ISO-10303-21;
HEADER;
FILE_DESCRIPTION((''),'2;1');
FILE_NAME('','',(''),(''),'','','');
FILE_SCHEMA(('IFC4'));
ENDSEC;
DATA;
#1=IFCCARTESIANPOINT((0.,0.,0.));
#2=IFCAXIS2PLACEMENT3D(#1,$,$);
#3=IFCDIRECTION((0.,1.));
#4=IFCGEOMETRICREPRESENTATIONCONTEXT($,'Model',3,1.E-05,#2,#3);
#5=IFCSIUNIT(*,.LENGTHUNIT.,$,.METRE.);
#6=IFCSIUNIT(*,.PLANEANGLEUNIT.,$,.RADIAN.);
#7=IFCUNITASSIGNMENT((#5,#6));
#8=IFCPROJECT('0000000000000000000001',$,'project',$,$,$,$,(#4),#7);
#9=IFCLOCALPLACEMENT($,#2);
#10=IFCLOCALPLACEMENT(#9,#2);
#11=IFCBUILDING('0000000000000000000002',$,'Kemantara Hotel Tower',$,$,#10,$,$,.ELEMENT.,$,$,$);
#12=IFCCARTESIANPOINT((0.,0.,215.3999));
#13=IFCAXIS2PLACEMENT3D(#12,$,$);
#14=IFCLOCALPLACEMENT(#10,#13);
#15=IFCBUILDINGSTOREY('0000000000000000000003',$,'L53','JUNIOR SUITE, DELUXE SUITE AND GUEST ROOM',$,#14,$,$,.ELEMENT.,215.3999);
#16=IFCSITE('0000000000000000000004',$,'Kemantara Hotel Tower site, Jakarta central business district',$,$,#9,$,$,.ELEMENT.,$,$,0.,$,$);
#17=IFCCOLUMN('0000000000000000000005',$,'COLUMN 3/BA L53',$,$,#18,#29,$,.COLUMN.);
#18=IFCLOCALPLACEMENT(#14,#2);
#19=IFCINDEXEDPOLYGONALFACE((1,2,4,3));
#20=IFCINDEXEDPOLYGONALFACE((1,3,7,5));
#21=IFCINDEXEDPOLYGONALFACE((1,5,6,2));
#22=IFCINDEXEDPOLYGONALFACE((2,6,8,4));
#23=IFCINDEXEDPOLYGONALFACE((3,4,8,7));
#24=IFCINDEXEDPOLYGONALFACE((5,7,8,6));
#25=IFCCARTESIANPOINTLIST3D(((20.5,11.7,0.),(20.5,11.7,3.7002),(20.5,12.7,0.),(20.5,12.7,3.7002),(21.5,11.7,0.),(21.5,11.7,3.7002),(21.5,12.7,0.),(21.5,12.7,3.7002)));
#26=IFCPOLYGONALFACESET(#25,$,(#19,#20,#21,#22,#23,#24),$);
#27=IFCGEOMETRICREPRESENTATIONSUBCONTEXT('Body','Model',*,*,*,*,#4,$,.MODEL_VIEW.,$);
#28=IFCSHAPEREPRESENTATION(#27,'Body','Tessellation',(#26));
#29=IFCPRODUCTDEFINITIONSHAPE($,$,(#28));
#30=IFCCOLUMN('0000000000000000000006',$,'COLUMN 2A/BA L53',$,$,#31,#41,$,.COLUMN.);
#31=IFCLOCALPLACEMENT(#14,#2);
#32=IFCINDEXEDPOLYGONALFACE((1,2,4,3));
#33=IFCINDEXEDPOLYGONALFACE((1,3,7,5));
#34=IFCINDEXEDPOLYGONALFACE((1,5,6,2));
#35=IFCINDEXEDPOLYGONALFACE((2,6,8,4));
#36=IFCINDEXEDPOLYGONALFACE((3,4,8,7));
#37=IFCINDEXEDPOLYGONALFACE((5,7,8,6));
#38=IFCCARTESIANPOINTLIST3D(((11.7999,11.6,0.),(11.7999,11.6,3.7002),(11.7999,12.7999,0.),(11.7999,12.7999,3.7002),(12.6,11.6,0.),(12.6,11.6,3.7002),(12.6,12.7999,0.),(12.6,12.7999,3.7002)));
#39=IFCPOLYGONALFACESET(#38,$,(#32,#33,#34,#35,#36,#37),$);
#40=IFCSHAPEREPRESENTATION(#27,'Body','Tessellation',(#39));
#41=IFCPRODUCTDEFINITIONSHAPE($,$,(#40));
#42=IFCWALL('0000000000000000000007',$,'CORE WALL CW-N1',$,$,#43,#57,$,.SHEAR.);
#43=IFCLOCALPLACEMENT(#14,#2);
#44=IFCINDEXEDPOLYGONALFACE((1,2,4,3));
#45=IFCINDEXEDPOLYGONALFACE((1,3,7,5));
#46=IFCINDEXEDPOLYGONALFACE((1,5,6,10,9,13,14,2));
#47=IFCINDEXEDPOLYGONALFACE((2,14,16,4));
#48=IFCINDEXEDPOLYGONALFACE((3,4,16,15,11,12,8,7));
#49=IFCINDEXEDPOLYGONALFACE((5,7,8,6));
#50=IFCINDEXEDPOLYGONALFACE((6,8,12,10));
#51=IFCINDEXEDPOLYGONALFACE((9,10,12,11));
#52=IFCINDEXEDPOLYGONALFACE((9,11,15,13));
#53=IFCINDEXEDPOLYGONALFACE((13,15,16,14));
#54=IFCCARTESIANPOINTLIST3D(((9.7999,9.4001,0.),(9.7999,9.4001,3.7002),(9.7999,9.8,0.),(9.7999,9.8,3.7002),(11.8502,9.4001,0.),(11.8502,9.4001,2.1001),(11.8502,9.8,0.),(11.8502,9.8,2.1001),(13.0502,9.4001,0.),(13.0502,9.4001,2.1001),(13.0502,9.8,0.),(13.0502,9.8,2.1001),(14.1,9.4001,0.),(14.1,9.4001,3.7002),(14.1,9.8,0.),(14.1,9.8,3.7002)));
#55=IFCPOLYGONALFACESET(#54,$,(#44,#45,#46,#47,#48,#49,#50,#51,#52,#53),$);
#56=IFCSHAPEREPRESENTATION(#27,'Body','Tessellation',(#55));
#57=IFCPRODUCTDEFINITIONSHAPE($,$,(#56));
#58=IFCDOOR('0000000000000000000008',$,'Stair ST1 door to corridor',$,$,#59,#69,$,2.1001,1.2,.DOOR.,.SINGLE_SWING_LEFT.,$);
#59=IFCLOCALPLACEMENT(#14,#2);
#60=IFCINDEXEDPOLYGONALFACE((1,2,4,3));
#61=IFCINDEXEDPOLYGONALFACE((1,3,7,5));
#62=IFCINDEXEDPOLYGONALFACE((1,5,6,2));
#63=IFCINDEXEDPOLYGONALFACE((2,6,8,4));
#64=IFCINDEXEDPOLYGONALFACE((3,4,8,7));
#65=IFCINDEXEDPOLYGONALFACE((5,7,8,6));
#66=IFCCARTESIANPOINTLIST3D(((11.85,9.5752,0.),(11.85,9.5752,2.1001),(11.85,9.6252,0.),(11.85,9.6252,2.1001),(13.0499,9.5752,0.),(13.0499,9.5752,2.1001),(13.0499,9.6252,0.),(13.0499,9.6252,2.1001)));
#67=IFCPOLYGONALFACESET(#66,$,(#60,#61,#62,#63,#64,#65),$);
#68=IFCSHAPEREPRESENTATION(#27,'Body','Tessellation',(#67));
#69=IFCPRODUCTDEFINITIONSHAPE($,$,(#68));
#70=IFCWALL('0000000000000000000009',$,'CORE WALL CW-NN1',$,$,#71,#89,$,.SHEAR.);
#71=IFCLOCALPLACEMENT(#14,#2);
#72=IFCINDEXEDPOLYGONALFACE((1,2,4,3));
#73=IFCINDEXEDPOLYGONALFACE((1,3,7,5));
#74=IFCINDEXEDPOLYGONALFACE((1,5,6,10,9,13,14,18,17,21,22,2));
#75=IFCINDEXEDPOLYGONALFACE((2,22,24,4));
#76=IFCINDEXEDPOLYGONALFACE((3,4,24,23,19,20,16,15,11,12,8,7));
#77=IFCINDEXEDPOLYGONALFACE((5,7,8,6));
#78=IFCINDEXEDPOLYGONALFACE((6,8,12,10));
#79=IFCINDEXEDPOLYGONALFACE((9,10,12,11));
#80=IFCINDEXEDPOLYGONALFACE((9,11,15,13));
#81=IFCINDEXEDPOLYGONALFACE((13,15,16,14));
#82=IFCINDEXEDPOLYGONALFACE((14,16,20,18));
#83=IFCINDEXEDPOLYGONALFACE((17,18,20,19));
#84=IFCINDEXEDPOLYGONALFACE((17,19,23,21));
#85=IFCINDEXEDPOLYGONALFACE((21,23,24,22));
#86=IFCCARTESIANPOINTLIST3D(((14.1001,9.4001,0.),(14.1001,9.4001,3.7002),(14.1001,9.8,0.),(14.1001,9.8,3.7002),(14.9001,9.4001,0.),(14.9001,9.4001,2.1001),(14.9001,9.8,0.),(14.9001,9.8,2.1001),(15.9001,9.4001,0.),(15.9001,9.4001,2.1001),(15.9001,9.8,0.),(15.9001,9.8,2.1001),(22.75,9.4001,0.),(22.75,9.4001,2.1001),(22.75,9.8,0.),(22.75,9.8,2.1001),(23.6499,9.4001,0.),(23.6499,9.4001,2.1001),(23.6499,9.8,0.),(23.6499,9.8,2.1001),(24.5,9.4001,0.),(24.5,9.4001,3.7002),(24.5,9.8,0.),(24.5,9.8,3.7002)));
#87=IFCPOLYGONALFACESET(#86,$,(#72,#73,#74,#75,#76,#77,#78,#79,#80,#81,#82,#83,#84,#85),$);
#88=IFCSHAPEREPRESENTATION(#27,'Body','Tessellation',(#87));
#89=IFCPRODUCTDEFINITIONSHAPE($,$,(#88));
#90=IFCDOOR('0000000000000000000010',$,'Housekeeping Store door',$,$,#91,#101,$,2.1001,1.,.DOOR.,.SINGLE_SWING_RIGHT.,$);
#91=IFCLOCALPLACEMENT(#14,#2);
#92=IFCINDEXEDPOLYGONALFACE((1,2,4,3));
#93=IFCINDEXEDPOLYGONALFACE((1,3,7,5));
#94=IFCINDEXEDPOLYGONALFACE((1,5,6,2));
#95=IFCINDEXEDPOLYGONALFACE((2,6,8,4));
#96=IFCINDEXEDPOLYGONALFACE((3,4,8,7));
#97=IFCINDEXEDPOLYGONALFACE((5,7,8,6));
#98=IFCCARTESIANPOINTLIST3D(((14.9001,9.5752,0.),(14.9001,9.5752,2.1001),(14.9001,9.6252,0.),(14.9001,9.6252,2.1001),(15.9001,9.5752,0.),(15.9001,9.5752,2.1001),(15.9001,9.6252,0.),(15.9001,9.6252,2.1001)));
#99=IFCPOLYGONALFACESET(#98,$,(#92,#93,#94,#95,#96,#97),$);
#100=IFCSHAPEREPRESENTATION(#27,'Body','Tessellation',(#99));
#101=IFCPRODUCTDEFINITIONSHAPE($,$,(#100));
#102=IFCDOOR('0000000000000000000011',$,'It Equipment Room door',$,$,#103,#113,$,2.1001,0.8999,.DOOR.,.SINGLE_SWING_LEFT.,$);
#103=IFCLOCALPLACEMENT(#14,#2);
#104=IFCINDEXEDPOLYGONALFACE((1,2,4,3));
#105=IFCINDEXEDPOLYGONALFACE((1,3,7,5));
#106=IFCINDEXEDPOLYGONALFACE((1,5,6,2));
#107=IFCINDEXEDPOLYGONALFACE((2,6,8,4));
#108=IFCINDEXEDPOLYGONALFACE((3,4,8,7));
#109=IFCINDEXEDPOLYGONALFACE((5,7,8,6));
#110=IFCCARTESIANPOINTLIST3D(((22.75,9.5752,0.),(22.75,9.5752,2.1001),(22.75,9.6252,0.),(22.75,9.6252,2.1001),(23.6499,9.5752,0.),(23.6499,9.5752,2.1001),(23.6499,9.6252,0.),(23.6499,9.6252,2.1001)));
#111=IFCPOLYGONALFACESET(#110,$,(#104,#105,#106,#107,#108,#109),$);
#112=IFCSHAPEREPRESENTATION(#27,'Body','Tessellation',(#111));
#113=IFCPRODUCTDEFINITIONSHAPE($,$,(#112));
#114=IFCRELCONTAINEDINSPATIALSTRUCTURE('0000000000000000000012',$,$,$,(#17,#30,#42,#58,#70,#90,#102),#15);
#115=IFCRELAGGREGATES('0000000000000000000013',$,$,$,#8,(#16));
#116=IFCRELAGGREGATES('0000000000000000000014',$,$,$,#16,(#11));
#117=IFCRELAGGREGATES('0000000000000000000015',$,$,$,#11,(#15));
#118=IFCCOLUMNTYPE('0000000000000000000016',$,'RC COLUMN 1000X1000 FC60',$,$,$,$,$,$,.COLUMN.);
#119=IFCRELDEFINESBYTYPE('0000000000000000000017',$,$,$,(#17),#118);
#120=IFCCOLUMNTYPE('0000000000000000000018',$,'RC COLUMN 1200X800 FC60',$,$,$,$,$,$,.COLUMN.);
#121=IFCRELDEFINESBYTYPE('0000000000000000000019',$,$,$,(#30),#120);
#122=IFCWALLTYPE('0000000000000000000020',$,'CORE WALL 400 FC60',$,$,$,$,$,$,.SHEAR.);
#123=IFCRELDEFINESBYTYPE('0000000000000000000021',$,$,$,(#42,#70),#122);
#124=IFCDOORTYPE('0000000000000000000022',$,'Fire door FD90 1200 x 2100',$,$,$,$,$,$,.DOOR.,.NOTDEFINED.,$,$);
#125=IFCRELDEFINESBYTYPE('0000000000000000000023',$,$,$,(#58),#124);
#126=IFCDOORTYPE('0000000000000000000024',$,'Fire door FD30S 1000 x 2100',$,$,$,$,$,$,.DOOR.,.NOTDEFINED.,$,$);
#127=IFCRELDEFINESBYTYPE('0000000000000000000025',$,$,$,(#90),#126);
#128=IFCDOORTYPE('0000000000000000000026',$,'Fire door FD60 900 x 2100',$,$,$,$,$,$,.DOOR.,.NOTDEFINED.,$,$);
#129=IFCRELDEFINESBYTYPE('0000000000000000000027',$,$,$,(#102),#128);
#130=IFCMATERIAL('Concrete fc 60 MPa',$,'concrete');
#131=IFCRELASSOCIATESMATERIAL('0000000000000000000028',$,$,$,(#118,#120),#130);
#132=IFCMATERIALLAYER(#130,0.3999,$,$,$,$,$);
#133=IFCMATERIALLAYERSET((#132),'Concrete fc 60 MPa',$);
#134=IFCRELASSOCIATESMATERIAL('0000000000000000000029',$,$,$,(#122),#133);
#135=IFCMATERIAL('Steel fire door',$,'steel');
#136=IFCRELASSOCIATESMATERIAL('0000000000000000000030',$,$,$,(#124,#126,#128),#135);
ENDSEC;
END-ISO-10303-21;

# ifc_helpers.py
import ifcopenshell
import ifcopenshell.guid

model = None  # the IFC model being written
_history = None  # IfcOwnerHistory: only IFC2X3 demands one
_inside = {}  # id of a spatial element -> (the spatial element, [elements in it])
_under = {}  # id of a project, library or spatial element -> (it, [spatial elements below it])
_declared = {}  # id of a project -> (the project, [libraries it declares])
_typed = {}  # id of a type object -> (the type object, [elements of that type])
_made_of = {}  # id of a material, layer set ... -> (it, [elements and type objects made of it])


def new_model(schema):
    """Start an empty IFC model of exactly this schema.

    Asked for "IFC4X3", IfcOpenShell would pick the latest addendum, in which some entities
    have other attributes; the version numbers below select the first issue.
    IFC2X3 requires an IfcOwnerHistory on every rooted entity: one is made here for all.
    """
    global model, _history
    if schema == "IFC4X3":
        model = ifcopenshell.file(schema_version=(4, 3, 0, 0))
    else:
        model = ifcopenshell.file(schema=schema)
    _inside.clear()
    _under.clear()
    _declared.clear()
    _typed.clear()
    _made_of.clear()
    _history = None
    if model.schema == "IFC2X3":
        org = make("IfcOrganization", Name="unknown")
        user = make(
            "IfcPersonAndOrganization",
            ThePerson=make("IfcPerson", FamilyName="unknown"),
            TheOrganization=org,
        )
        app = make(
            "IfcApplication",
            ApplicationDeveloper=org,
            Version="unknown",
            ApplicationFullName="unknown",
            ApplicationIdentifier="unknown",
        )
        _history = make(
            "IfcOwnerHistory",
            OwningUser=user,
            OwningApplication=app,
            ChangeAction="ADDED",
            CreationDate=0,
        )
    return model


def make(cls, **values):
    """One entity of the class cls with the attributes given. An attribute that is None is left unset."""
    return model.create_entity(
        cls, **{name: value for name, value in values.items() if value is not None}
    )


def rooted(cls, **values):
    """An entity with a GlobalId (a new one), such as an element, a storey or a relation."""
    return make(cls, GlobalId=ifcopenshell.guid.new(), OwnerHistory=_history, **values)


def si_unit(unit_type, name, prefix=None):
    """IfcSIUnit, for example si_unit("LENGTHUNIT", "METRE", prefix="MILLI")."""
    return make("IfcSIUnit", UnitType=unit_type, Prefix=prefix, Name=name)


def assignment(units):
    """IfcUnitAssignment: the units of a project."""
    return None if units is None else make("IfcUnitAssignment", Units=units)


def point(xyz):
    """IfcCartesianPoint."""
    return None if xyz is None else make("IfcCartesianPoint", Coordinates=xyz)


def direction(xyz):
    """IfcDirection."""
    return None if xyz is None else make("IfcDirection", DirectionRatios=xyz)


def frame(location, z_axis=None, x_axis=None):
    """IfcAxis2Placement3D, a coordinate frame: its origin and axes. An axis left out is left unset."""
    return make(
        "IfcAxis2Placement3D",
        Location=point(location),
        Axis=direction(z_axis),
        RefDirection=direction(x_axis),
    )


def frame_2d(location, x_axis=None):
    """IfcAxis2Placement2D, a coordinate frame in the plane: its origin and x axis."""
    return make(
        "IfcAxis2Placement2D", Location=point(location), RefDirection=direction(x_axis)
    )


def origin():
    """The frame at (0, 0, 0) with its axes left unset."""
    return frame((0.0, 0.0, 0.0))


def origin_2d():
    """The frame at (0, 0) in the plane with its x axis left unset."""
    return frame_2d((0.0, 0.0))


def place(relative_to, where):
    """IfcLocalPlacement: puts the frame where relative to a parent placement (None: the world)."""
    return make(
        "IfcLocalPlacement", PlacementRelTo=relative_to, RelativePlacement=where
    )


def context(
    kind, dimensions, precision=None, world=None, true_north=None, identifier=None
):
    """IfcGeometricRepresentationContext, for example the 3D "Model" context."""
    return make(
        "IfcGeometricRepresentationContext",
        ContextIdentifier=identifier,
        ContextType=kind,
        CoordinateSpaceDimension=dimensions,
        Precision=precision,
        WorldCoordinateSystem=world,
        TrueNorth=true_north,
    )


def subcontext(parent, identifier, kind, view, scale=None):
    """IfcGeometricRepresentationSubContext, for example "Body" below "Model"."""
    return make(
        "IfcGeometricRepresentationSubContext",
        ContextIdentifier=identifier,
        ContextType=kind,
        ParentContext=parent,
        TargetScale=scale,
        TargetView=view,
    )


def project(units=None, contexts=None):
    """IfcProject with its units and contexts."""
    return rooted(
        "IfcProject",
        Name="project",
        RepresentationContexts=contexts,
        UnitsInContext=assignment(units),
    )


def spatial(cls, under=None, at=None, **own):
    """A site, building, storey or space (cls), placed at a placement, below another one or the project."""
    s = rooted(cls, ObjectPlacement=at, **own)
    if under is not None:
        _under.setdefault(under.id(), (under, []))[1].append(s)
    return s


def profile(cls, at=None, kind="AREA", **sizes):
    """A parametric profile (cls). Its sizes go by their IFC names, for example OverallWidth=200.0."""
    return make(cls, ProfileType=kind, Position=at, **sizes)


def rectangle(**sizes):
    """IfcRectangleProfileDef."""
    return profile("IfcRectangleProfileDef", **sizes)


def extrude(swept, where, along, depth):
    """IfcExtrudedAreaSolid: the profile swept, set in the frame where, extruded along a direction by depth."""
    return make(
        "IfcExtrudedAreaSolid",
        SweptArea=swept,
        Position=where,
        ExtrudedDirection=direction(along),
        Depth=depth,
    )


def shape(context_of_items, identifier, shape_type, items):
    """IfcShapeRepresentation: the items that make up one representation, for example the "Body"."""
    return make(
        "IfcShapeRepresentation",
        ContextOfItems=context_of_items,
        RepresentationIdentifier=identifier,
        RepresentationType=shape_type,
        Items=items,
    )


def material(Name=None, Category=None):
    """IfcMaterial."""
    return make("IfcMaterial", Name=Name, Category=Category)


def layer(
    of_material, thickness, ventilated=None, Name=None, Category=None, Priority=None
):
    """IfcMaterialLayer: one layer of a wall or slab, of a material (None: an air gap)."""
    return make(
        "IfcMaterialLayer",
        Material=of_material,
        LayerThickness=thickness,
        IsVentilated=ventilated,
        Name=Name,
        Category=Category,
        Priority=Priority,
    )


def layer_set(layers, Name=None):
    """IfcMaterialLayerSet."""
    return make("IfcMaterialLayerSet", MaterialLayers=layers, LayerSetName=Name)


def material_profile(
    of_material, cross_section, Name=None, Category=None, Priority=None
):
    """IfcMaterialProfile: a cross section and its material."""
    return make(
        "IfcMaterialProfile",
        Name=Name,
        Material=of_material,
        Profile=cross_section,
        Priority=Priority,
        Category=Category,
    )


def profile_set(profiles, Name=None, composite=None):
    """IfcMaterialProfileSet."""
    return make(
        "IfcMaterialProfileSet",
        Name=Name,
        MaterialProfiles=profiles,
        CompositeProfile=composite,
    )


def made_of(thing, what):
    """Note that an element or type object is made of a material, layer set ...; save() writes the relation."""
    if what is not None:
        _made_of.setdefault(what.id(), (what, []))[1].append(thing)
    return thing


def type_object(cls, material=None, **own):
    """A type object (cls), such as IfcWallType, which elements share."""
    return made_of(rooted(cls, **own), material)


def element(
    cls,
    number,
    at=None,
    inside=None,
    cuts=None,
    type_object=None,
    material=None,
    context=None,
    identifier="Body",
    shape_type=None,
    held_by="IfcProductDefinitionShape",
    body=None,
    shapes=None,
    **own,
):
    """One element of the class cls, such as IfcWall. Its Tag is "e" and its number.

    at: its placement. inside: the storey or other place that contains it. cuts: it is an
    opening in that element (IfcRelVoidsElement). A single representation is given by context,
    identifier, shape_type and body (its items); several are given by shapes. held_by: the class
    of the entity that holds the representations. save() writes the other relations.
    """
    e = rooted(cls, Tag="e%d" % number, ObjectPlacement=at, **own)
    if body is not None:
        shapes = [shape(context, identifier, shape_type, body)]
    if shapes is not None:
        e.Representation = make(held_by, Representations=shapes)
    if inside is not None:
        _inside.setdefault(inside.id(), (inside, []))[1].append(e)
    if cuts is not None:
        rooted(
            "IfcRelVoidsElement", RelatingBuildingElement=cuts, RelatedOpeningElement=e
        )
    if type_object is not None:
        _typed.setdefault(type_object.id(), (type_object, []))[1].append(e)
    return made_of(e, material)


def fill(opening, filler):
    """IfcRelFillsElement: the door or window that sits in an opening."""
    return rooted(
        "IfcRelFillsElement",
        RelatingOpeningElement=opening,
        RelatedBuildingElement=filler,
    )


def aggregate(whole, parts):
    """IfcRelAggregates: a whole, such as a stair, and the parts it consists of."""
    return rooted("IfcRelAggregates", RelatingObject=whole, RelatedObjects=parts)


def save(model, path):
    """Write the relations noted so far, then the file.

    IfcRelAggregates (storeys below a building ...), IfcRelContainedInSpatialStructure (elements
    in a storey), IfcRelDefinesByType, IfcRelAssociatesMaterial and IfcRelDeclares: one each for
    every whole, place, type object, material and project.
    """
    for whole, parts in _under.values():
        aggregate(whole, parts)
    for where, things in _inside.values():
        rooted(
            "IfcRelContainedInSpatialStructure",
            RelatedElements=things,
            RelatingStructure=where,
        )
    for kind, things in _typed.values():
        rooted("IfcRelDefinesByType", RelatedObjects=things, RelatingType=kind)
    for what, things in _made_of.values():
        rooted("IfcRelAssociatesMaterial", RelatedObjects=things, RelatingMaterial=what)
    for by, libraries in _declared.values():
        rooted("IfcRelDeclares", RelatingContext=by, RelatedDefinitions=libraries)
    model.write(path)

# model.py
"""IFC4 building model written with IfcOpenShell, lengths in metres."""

from ifc_helpers import new_model, si_unit, direction, frame, frame_2d, origin, origin_2d, place, context, subcontext, project, spatial, rectangle, extrude, material, layer, layer_set, material_profile, profile_set, type_object, element, fill, save


model = new_model("IFC4")

# Units and contexts
model_context = context("Model", 3, precision=1e-05, world=origin(), true_north=direction((0.0, 1.0)))
body_context = subcontext(model_context, "Body", "Model", "MODEL_VIEW")
ifc_project = project(units=[si_unit("LENGTHUNIT", "METRE"), si_unit("PLANEANGLEUNIT", "RADIAN")], contexts=[model_context])

# Site, building, storey
site_placement = place(None, origin())
site = spatial("IfcSite", under=ifc_project, at=site_placement, Name="Kemantara Hotel Tower site, Jakarta central business district", CompositionType="ELEMENT", RefElevation=0.0)
building_placement = place(site_placement, origin())
building = spatial("IfcBuilding", under=site, at=building_placement, Name="Kemantara Hotel Tower", CompositionType="ELEMENT")
storey_placement = place(building_placement, frame((0.0, 0.0, 215.3999)))
storey = spatial("IfcBuildingStorey", under=building, at=storey_placement, Name="L53", Description="JUNIOR SUITE, DELUXE SUITE AND GUEST ROOM", CompositionType="ELEMENT", Elevation=215.3999)

# Columns
ifc_material_1 = material(Name="Concrete fc 60 MPa", Category="concrete")
ifc_material_profile_1 = material_profile(ifc_material_1, rectangle(XDim=1.0, YDim=1.0, at=origin_2d()), Name="RC 1000X1000")
ifc_profile_set_1 = profile_set([ifc_material_profile_1], Name="Concrete fc 60 MPa")
column_type_1 = type_object("IfcColumnType", Name="RC COLUMN 1000X1000 FC60", PredefinedType="COLUMN", material=ifc_profile_set_1)
column_1_placement = place(storey_placement, frame((21.0, 12.2, 0.0), z_axis=(0.0, 0.0, 1.0), x_axis=(1.0, 0.0, 0.0)))
element("IfcColumn", 1, at=column_1_placement, inside=storey, type_object=column_type_1, Name="COLUMN 3/BA L53", PredefinedType="COLUMN", context=body_context, shape_type="SweptSolid", body=[
    extrude(rectangle(XDim=1.0, YDim=1.0, at=origin_2d()), origin(), (0.0, 0.0, 1.0), 3.7002),
])
ifc_material_profile_2 = material_profile(ifc_material_1, rectangle(XDim=1.2, YDim=0.8, at=origin_2d()), Name="RC 1200X800")
ifc_profile_set_2 = profile_set([ifc_material_profile_2], Name="Concrete fc 60 MPa")
column_type_2 = type_object("IfcColumnType", Name="RC COLUMN 1200X800 FC60", PredefinedType="COLUMN", material=ifc_profile_set_2)
column_2_placement = place(storey_placement, frame((12.2, 12.2, 0.0), z_axis=(0.0, 0.0, 1.0), x_axis=(0.0, 1.0, 0.0)))
element("IfcColumn", 2, at=column_2_placement, inside=storey, type_object=column_type_2, Name="COLUMN 2A/BA L53", PredefinedType="COLUMN", context=body_context, shape_type="SweptSolid", body=[
    extrude(rectangle(XDim=1.2, YDim=0.8, at=origin_2d()), origin(), (0.0, 0.0, 1.0), 3.7002),
])

# Wall, opening, door
ifc_layer_1 = layer(ifc_material_1, 0.3999)
ifc_layer_set_1 = layer_set([ifc_layer_1], Name="Concrete fc 60 MPa")
wall_type_1 = type_object("IfcWallType", Name="CORE WALL 400 FC60", PredefinedType="SHEAR", material=ifc_layer_set_1)
wall_1_placement = place(storey_placement, frame((9.8, 9.6001, 0.0), z_axis=(0.0, 0.0, 1.0), x_axis=(1.0, 0.0, 0.0)))
wall_1 = element("IfcWall", 3, at=wall_1_placement, inside=storey, type_object=wall_type_1, Name="CORE WALL CW-N1", PredefinedType="SHEAR", context=body_context, shape_type="SweptSolid", body=[
    extrude(rectangle(XDim=4.3, YDim=0.3999, at=frame_2d((2.1499, 0.0))), origin(), (0.0, 0.0, 1.0), 3.7002),
])
opening_1_placement = place(wall_1_placement, frame((2.05, 0.0, 0.0)))
opening_1 = element("IfcOpeningElement", 4, at=opening_1_placement, cuts=wall_1, PredefinedType="OPENING", context=body_context, shape_type="SweptSolid", body=[
    extrude(rectangle(XDim=1.2, YDim=2.1001, at=frame_2d((0.6001, 1.05))), frame((0.0, 0.21, 0.0), z_axis=(0.0, -1.0, 0.0), x_axis=(1.0, 0.0, 0.0)), (0.0, 0.0, 1.0), 0.4199),
])
ifc_material_2 = material(Name="Steel fire door", Category="steel")
door_type_1 = type_object("IfcDoorType", Name="Fire door FD90 1200 x 2100", OperationType="NOTDEFINED", PredefinedType="DOOR", material=ifc_material_2)
door_1_placement = place(opening_1_placement, frame((1.2, 0.0, 0.0), z_axis=(0.0, 0.0, 1.0), x_axis=(-1.0, 0.0, 0.0)))
door_1 = element("IfcDoor", 5, at=door_1_placement, inside=storey, type_object=door_type_1, Name="Stair ST1 door to corridor", OperationType="SINGLE_SWING_LEFT", OverallHeight=2.1001, OverallWidth=1.2, PredefinedType="DOOR", context=body_context, shape_type="SweptSolid", body=[
    extrude(rectangle(XDim=1.2, YDim=2.1001, at=frame_2d((0.6001, 1.05))), frame((0.0, 0.0249, 0.0), z_axis=(0.0, -1.0, 0.0), x_axis=(1.0, 0.0, 0.0)), (0.0, 0.0, 1.0), 0.05),
])
fill(opening_1, door_1)

# Wall, openings, doors
wall_2_placement = place(storey_placement, frame((14.1001, 9.6001, 0.0), z_axis=(0.0, 0.0, 1.0), x_axis=(1.0, 0.0, 0.0)))
wall_2 = element("IfcWall", 6, at=wall_2_placement, inside=storey, type_object=wall_type_1, Name="CORE WALL CW-NN1", PredefinedType="SHEAR", context=body_context, shape_type="SweptSolid", body=[
    extrude(rectangle(XDim=10.3999, YDim=0.3999, at=frame_2d((5.2, 0.0))), origin(), (0.0, 0.0, 1.0), 3.7002),
])
opening_2_placement = place(wall_2_placement, frame((0.8, 0.0, 0.0)))
opening_2 = element("IfcOpeningElement", 7, at=opening_2_placement, cuts=wall_2, PredefinedType="OPENING", context=body_context, shape_type="SweptSolid", body=[
    extrude(rectangle(XDim=1.0, YDim=2.1001, at=frame_2d((0.5, 1.05))), frame((0.0, 0.21, 0.0), z_axis=(0.0, -1.0, 0.0), x_axis=(1.0, 0.0, 0.0)), (0.0, 0.0, 1.0), 0.4199),
])
opening_3_placement = place(wall_2_placement, frame((8.6499, 0.0, 0.0)))
opening_3 = element("IfcOpeningElement", 8, at=opening_3_placement, cuts=wall_2, PredefinedType="OPENING", context=body_context, shape_type="SweptSolid", body=[
    extrude(rectangle(XDim=0.8999, YDim=2.1001, at=frame_2d((0.45, 1.05))), frame((0.0, 0.21, 0.0), z_axis=(0.0, -1.0, 0.0), x_axis=(1.0, 0.0, 0.0)), (0.0, 0.0, 1.0), 0.4199),
])
door_type_2 = type_object("IfcDoorType", Name="Fire door FD30S 1000 x 2100", OperationType="NOTDEFINED", PredefinedType="DOOR", material=ifc_material_2)
door_2_placement = place(opening_2_placement, frame((1.0, 0.0, 0.0), z_axis=(0.0, 0.0, 1.0), x_axis=(-1.0, 0.0, 0.0)))
door_2 = element("IfcDoor", 9, at=door_2_placement, inside=storey, type_object=door_type_2, Name="Housekeeping Store door", OperationType="SINGLE_SWING_RIGHT", OverallHeight=2.1001, OverallWidth=1.0, PredefinedType="DOOR", context=body_context, shape_type="SweptSolid", body=[
    extrude(rectangle(XDim=1.0, YDim=2.1001, at=frame_2d((0.5, 1.05))), frame((0.0, 0.0249, 0.0), z_axis=(0.0, -1.0, 0.0), x_axis=(1.0, 0.0, 0.0)), (0.0, 0.0, 1.0), 0.05),
])
fill(opening_2, door_2)
door_type_3 = type_object("IfcDoorType", Name="Fire door FD60 900 x 2100", OperationType="NOTDEFINED", PredefinedType="DOOR", material=ifc_material_2)
door_3_placement = place(opening_3_placement, frame((0.8999, 0.0, 0.0), z_axis=(0.0, 0.0, 1.0), x_axis=(-1.0, 0.0, 0.0)))
door_3 = element("IfcDoor", 10, at=door_3_placement, inside=storey, type_object=door_type_3, Name="It Equipment Room door", OperationType="SINGLE_SWING_LEFT", OverallHeight=2.1001, OverallWidth=0.8999, PredefinedType="DOOR", context=body_context, shape_type="SweptSolid", body=[
    extrude(rectangle(XDim=0.8999, YDim=2.1001, at=frame_2d((0.45, 1.05))), frame((0.0, 0.0249, 0.0), z_axis=(0.0, -1.0, 0.0), x_axis=(1.0, 0.0, 0.0)), (0.0, 0.0, 1.0), 0.05),
])
fill(opening_3, door_3)

save(model, "model.ifc")
